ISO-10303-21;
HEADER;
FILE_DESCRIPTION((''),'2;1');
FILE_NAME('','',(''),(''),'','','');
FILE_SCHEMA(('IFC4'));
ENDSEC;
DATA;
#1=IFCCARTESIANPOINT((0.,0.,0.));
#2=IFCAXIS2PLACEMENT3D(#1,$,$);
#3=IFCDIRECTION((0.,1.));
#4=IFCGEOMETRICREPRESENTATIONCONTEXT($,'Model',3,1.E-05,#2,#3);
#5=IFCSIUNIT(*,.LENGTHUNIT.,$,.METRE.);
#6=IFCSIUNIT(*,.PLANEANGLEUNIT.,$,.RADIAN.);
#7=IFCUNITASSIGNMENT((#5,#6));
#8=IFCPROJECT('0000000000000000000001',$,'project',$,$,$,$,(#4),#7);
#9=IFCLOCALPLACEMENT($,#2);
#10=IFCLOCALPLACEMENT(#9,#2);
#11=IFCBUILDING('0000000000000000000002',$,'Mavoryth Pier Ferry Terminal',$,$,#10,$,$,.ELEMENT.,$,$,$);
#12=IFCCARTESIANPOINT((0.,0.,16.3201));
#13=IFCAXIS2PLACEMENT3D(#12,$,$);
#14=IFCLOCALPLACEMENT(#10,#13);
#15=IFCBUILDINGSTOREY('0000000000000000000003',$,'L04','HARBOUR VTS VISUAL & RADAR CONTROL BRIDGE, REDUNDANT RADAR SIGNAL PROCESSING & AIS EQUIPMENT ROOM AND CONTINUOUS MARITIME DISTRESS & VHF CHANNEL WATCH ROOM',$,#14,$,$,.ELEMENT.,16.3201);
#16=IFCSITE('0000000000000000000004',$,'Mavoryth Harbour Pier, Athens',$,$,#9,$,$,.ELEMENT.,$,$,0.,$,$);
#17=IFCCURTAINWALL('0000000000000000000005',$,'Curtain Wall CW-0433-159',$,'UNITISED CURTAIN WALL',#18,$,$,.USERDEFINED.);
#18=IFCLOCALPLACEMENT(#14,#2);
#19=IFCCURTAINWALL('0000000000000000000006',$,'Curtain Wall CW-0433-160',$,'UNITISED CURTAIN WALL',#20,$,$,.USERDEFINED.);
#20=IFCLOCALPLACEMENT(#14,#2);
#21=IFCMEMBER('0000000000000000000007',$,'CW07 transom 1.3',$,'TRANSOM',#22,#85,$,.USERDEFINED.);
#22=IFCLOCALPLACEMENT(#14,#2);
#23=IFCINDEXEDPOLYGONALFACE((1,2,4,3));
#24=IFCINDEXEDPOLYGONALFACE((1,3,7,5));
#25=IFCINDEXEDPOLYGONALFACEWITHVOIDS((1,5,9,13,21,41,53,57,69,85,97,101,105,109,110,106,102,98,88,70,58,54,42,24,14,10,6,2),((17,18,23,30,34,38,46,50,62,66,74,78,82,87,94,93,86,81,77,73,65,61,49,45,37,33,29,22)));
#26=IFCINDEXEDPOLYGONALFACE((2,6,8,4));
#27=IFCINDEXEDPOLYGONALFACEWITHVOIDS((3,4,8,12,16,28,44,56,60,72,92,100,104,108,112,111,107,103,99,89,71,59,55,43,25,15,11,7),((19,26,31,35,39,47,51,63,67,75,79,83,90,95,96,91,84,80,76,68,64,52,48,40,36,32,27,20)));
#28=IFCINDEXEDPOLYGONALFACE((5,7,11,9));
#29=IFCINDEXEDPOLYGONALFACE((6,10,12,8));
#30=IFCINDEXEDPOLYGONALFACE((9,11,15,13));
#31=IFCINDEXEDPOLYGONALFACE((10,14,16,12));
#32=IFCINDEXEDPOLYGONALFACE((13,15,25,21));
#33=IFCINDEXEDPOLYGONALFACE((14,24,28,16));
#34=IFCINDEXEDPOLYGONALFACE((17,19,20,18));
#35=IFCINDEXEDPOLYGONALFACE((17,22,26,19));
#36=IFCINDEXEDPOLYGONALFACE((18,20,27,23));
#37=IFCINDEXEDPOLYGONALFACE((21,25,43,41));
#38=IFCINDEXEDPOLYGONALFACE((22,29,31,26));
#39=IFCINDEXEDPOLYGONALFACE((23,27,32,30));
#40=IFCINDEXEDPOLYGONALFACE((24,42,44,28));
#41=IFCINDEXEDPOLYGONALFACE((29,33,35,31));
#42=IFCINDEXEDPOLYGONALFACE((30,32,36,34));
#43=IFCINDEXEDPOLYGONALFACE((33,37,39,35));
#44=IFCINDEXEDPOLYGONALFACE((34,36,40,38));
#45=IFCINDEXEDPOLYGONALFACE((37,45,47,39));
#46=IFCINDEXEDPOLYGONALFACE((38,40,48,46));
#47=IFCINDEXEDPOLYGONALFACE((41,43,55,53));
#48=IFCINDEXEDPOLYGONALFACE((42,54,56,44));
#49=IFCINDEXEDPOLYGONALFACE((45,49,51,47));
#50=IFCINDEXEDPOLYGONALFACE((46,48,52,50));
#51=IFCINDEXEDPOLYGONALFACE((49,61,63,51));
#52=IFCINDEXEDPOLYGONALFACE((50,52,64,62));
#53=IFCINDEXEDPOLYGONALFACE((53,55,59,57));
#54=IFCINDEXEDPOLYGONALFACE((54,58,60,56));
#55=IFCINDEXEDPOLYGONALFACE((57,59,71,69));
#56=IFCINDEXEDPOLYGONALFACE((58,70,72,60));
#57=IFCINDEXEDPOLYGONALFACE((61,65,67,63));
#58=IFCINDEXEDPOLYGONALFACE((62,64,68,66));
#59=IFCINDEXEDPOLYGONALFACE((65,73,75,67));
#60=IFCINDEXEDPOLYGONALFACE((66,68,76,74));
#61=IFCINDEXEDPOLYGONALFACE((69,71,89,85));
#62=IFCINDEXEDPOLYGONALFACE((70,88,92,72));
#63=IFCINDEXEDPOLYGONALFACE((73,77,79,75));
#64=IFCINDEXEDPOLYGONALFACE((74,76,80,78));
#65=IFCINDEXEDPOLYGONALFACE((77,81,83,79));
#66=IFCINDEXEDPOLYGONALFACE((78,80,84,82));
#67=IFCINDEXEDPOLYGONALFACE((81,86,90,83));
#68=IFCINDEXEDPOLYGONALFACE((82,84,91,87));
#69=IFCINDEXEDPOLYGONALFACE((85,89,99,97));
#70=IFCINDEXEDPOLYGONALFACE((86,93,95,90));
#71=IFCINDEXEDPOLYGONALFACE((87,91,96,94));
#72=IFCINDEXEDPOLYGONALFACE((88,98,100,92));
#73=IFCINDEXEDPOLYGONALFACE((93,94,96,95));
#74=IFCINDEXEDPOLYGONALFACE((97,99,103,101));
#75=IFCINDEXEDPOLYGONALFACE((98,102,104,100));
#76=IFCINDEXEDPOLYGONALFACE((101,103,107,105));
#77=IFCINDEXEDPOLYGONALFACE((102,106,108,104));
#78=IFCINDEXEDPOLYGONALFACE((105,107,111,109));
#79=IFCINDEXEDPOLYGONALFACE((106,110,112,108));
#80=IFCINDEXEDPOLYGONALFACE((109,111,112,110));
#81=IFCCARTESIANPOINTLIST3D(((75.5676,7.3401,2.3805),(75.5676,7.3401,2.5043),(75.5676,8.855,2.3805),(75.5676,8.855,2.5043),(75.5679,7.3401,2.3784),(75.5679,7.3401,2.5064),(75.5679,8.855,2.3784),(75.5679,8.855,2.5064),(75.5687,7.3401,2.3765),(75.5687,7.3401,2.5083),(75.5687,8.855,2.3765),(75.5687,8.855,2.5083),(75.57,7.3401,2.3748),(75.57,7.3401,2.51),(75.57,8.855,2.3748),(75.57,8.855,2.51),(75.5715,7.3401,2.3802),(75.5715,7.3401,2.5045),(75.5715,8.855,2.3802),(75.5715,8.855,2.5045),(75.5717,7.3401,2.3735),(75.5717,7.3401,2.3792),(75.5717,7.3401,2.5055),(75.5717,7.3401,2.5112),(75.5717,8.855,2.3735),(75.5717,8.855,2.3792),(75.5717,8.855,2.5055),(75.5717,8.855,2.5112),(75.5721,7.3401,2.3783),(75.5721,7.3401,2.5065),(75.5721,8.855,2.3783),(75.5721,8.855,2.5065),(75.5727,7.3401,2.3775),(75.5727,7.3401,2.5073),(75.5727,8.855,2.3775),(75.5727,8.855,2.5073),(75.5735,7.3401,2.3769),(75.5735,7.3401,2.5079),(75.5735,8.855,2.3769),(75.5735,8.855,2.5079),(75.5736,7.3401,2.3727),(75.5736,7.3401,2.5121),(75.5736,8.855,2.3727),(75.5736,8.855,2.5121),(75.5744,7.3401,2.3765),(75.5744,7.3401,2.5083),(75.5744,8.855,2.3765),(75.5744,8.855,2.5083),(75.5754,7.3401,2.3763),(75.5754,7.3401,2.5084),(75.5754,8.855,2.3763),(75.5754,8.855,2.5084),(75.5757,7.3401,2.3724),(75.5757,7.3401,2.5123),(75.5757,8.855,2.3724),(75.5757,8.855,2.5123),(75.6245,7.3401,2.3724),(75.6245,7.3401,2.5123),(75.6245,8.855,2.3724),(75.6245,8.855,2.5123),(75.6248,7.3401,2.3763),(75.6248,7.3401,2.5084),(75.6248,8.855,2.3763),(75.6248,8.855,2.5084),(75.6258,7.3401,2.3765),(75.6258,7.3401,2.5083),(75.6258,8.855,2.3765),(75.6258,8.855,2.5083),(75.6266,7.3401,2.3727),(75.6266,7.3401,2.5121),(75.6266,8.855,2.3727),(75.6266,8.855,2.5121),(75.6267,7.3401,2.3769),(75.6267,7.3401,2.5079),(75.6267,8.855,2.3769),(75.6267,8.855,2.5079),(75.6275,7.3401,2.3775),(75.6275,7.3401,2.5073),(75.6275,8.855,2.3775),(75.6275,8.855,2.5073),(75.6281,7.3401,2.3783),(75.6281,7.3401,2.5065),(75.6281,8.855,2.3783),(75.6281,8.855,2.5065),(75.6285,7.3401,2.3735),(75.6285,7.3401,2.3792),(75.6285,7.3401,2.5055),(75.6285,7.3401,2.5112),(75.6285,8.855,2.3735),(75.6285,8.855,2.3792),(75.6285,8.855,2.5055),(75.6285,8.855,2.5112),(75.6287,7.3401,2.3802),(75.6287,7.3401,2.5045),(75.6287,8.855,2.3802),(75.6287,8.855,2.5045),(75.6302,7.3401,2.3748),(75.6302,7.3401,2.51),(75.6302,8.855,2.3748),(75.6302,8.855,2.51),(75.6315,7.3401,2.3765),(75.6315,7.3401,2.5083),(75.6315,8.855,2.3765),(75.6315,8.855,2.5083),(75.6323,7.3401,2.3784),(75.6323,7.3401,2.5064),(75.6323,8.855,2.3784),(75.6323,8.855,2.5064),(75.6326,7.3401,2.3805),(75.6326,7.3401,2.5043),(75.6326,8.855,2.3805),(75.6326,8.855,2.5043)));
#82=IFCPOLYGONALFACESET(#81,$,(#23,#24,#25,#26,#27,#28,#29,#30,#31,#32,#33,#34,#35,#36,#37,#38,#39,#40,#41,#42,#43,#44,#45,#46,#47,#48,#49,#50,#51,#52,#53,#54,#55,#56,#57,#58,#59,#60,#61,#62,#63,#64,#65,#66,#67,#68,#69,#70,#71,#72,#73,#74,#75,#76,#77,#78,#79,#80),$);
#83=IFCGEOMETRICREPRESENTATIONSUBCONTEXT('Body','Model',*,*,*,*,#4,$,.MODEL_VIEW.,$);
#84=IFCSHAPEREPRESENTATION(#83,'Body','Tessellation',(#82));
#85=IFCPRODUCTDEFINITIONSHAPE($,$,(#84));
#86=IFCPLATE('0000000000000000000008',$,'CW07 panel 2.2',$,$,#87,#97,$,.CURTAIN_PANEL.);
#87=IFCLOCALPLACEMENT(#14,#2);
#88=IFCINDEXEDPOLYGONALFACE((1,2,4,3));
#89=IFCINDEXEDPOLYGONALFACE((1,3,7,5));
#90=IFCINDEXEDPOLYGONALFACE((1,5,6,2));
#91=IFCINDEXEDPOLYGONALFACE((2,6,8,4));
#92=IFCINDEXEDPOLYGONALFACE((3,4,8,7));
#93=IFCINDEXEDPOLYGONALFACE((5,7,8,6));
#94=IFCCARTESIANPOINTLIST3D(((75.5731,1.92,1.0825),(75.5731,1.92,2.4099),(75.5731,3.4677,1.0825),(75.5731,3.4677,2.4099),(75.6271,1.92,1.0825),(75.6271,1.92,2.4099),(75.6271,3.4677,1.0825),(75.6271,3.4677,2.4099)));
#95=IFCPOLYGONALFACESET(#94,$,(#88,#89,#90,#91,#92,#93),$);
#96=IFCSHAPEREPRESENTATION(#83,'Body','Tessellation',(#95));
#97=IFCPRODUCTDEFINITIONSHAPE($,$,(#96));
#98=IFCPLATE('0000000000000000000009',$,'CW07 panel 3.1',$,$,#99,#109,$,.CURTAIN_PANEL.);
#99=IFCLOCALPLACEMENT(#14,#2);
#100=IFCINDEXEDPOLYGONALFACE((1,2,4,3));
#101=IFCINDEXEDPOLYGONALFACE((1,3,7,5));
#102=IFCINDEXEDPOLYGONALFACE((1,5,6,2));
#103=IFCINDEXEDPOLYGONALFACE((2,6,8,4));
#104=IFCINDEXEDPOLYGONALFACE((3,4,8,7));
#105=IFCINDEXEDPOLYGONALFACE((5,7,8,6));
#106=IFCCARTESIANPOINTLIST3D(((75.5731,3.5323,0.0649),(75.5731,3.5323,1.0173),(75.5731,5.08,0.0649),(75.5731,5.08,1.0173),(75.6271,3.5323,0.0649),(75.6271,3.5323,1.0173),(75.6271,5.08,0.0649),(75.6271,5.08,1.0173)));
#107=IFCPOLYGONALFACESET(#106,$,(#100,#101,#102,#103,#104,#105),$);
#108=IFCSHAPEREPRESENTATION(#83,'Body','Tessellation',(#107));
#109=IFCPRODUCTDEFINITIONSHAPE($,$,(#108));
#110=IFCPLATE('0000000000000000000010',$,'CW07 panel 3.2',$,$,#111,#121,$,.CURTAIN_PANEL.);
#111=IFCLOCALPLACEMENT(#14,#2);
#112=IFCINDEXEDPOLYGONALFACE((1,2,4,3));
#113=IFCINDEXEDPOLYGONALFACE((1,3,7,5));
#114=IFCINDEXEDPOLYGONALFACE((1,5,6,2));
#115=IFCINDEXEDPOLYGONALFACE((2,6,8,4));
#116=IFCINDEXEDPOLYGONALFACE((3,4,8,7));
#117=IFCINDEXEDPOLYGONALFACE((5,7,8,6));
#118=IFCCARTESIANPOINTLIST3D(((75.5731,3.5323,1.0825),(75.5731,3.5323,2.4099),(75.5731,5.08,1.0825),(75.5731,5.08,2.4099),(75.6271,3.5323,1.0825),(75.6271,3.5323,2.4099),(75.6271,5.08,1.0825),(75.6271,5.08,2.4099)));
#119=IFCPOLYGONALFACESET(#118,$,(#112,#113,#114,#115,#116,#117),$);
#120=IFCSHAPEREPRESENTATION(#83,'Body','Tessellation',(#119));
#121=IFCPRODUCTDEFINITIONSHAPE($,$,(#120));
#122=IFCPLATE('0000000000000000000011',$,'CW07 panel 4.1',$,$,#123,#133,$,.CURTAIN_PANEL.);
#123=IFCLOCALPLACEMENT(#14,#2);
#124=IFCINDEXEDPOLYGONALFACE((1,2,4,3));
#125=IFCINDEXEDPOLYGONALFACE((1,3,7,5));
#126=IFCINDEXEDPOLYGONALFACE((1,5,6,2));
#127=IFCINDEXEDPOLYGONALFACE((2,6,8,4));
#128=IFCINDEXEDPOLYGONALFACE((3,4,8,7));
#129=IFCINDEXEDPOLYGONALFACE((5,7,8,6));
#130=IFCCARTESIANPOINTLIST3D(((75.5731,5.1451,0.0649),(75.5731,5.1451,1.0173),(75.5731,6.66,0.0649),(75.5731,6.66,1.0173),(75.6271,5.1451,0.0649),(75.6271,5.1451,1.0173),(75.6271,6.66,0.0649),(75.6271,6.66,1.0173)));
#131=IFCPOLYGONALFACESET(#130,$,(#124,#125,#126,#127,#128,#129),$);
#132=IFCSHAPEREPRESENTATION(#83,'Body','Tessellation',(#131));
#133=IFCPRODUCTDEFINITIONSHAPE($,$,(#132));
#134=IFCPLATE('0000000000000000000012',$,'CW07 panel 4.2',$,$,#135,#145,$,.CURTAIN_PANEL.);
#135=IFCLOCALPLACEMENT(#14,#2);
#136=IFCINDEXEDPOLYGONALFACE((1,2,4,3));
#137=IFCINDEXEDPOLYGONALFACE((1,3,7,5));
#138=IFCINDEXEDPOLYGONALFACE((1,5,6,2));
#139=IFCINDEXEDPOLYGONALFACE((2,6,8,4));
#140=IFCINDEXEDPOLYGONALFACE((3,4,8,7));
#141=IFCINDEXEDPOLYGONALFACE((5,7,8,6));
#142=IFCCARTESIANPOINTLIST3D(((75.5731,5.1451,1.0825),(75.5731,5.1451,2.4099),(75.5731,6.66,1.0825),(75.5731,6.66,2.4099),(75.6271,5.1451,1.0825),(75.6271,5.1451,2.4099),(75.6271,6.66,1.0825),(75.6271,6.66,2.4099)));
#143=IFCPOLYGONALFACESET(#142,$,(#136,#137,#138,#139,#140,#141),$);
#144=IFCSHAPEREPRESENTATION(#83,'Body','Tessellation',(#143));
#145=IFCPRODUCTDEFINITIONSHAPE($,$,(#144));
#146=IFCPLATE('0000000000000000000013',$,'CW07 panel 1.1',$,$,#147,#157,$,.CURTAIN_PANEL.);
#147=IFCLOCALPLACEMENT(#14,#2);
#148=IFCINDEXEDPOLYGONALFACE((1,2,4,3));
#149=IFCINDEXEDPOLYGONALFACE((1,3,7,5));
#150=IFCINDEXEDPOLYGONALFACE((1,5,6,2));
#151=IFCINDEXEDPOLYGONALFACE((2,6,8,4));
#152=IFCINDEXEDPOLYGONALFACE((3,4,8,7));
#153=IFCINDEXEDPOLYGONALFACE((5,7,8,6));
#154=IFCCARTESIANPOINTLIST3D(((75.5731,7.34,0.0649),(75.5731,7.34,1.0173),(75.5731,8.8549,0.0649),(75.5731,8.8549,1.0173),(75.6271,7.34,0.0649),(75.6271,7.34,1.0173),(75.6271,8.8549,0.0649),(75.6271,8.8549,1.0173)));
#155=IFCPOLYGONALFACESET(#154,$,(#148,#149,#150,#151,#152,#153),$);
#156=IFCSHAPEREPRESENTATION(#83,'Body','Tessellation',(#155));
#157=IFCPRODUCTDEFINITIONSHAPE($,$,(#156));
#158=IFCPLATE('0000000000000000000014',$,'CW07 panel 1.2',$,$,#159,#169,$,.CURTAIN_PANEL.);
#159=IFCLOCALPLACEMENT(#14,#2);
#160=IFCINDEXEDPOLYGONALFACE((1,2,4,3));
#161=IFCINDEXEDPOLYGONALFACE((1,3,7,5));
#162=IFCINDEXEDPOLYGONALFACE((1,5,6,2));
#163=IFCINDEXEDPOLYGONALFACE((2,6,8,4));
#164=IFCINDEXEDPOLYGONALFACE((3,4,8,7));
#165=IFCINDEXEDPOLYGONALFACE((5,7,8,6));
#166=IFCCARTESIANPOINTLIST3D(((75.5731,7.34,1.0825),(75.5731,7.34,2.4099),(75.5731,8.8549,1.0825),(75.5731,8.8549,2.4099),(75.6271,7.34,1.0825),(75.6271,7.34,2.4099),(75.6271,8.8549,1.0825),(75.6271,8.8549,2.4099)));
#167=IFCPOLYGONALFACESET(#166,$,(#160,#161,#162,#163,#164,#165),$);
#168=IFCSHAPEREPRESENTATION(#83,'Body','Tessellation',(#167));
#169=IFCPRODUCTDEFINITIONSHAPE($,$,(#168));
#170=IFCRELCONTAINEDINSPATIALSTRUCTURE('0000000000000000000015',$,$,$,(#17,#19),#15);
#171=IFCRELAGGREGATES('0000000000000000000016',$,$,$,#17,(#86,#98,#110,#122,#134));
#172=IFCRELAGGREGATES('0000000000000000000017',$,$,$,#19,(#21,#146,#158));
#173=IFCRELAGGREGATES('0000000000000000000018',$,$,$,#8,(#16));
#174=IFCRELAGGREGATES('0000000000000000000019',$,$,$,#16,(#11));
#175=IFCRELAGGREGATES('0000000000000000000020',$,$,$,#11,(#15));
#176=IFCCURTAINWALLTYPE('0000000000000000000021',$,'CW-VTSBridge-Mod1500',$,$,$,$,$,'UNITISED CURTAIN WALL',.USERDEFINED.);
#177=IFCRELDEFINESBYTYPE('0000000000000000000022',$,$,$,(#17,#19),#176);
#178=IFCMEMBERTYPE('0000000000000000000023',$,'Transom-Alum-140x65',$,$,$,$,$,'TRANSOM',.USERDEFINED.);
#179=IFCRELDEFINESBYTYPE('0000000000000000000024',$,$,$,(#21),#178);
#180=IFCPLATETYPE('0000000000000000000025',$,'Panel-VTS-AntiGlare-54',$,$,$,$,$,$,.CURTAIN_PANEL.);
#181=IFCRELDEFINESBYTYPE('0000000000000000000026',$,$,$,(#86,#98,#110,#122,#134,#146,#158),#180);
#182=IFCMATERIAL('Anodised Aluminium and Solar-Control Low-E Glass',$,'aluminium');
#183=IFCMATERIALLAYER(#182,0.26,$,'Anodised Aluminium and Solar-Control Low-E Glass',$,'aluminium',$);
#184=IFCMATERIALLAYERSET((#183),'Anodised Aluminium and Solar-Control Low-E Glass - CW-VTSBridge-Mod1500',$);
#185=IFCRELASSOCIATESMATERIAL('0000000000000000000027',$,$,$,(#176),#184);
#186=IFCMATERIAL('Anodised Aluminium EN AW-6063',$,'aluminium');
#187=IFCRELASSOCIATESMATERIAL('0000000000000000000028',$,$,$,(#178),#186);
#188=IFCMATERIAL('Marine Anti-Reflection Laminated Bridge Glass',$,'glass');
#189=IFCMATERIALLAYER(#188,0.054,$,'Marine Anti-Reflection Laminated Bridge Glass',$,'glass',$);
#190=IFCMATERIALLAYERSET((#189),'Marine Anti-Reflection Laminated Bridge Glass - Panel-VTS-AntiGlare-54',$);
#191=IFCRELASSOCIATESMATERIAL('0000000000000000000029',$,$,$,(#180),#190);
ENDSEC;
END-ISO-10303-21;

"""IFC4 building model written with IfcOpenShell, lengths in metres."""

from ifc_helpers import new_model, si_unit, direction, frame, origin, origin_2d, place, context, subcontext, project, spatial, rectangle, hollow_rectangle, extrude, material, layer, layer_set, material_profile, profile_set, type_object, element, aggregate, save


model = new_model("IFC4")

# Units and contexts
model_context = context("Model", 3, precision=1e-05, world=origin(), true_north=direction((0.0, 1.0)))
body_context = subcontext(model_context, "Body", "Model", "MODEL_VIEW")
ifc_project = project(units=[si_unit("LENGTHUNIT", "METRE"), si_unit("PLANEANGLEUNIT", "RADIAN")], contexts=[model_context])

# Site, building, storey
site_placement = place(None, origin())
site = spatial("IfcSite", under=ifc_project, at=site_placement, Name="Mavoryth Harbour Pier, Athens", CompositionType="ELEMENT", RefElevation=0.0)
building_placement = place(site_placement, origin())
building = spatial("IfcBuilding", under=site, at=building_placement, Name="Mavoryth Pier Ferry Terminal", CompositionType="ELEMENT")
storey_placement = place(building_placement, frame((0.0, 0.0, 16.3201)))
storey = spatial("IfcBuildingStorey", under=building, at=storey_placement, Name="L04", Description="HARBOUR VTS VISUAL & RADAR CONTROL BRIDGE, REDUNDANT RADAR SIGNAL PROCESSING & AIS EQUIPMENT ROOM AND CONTINUOUS MARITIME DISTRESS & VHF CHANNEL WATCH ROOM", CompositionType="ELEMENT", Elevation=16.3201)

# Curtain wall
ifc_material_1 = material(Name="Anodised Aluminium and Solar-Control Low-E Glass", Category="aluminium")
ifc_layer_1 = layer(ifc_material_1, 0.26, Name="Anodised Aluminium and Solar-Control Low-E Glass", Category="aluminium")
ifc_layer_set_1 = layer_set([ifc_layer_1], Name="Anodised Aluminium and Solar-Control Low-E Glass - CW-VTSBridge-Mod1500")
curtain_wall_type = type_object("IfcCurtainWallType", Name="CW-VTSBridge-Mod1500", ElementType="UNITISED CURTAIN WALL", PredefinedType="USERDEFINED", material=ifc_layer_set_1)
curtain_wall_1_placement = place(storey_placement, origin())
curtain_wall_1 = element("IfcCurtainWall", 1, at=curtain_wall_1_placement, inside=storey, type_object=curtain_wall_type, Name="Curtain Wall CW-0433-159", ObjectType="UNITISED CURTAIN WALL", PredefinedType="USERDEFINED")
ifc_material_2 = material(Name="Anodised Aluminium EN AW-6063", Category="aluminium")

# Curtain wall
curtain_wall_2_placement = place(storey_placement, origin())
curtain_wall_2 = element("IfcCurtainWall", 2, at=curtain_wall_2_placement, inside=storey, type_object=curtain_wall_type, Name="Curtain Wall CW-0433-160", ObjectType="UNITISED CURTAIN WALL", PredefinedType="USERDEFINED")

# Member
ifc_material_profile_1 = material_profile(ifc_material_2, hollow_rectangle(XDim=0.0649, YDim=0.1399, WallThickness=0.0039, InnerFilletRadius=0.0039, OuterFilletRadius=0.0081, at=origin_2d()), Name="AL-TRAN 140x65x4", Category="aluminium")
ifc_profile_set_1 = profile_set([ifc_material_profile_1], Name="Anodised Aluminium EN AW-6063 - AL-TRAN 140x65x4")
member_type_1 = type_object("IfcMemberType", Name="Transom-Alum-140x65", ElementType="TRANSOM", PredefinedType="USERDEFINED", material=ifc_profile_set_1)
member_1_placement = place(storey_placement, frame((75.6001, 7.3401, 2.4424), z_axis=(0.0, 1.0, 0.0), x_axis=(-1.0, 0.0, 0.0)))
member_1 = element("IfcMember", 3, at=member_1_placement, type_object=member_type_1, Name="CW07 transom 1.3", ObjectType="TRANSOM", PredefinedType="USERDEFINED", context=body_context, shape_type="SweptSolid", body=[
    extrude(hollow_rectangle(XDim=0.0649, YDim=0.1399, WallThickness=0.0039, InnerFilletRadius=0.0039, OuterFilletRadius=0.0081, at=origin_2d()), origin(), (0.0, 0.0, 1.0), 1.5149),
])

# Plates
ifc_material_3 = material(Name="Marine Anti-Reflection Laminated Bridge Glass", Category="glass")
ifc_layer_2 = layer(ifc_material_3, 0.054, Name="Marine Anti-Reflection Laminated Bridge Glass", Category="glass")
ifc_layer_set_2 = layer_set([ifc_layer_2], Name="Marine Anti-Reflection Laminated Bridge Glass - Panel-VTS-AntiGlare-54")
plate_type = type_object("IfcPlateType", Name="Panel-VTS-AntiGlare-54", PredefinedType="CURTAIN_PANEL", material=ifc_layer_set_2)
plate_1_placement = place(storey_placement, frame((75.6001, 2.6938, 1.0825), z_axis=(0.0, 0.0, 1.0), x_axis=(0.0, 1.0, 0.0)))
plate_1 = element("IfcPlate", 4, at=plate_1_placement, type_object=plate_type, Name="CW07 panel 2.2", PredefinedType="CURTAIN_PANEL", context=body_context, shape_type="SweptSolid", body=[
    extrude(rectangle(XDim=1.5476, YDim=0.054, at=origin_2d()), origin(), (0.0, 0.0, 1.0), 1.3274),
])
plate_2_placement = place(storey_placement, frame((75.6001, 4.3062, 0.0649), z_axis=(0.0, 0.0, 1.0), x_axis=(0.0, 1.0, 0.0)))
plate_2 = element("IfcPlate", 5, at=plate_2_placement, type_object=plate_type, Name="CW07 panel 3.1", PredefinedType="CURTAIN_PANEL", context=body_context, shape_type="SweptSolid", body=[
    extrude(rectangle(XDim=1.5476, YDim=0.054, at=origin_2d()), origin(), (0.0, 0.0, 1.0), 0.9524),
])
plate_3_placement = place(storey_placement, frame((75.6001, 4.3062, 1.0825), z_axis=(0.0, 0.0, 1.0), x_axis=(0.0, 1.0, 0.0)))
plate_3 = element("IfcPlate", 6, at=plate_3_placement, type_object=plate_type, Name="CW07 panel 3.2", PredefinedType="CURTAIN_PANEL", context=body_context, shape_type="SweptSolid", body=[
    extrude(rectangle(XDim=1.5476, YDim=0.054, at=origin_2d()), origin(), (0.0, 0.0, 1.0), 1.3274),
])
plate_4_placement = place(storey_placement, frame((75.6001, 5.9026, 0.0649), z_axis=(0.0, 0.0, 1.0), x_axis=(0.0, 1.0, 0.0)))
plate_4 = element("IfcPlate", 7, at=plate_4_placement, type_object=plate_type, Name="CW07 panel 4.1", PredefinedType="CURTAIN_PANEL", context=body_context, shape_type="SweptSolid", body=[
    extrude(rectangle(XDim=1.5149, YDim=0.054, at=origin_2d()), origin(), (0.0, 0.0, 1.0), 0.9524),
])
plate_5_placement = place(storey_placement, frame((75.6001, 5.9026, 1.0825), z_axis=(0.0, 0.0, 1.0), x_axis=(0.0, 1.0, 0.0)))
plate_5 = element("IfcPlate", 8, at=plate_5_placement, type_object=plate_type, Name="CW07 panel 4.2", PredefinedType="CURTAIN_PANEL", context=body_context, shape_type="SweptSolid", body=[
    extrude(rectangle(XDim=1.5149, YDim=0.054, at=origin_2d()), origin(), (0.0, 0.0, 1.0), 1.3274),
])
aggregate(curtain_wall_1, [plate_1, plate_2, plate_3, plate_4, plate_5])
plate_6_placement = place(storey_placement, frame((75.6001, 8.0974, 0.0649), z_axis=(0.0, 0.0, 1.0), x_axis=(0.0, 1.0, 0.0)))
plate_6 = element("IfcPlate", 9, at=plate_6_placement, type_object=plate_type, Name="CW07 panel 1.1", PredefinedType="CURTAIN_PANEL", context=body_context, shape_type="SweptSolid", body=[
    extrude(rectangle(XDim=1.5149, YDim=0.054, at=origin_2d()), origin(), (0.0, 0.0, 1.0), 0.9524),
])
plate_7_placement = place(storey_placement, frame((75.6001, 8.0974, 1.0825), z_axis=(0.0, 0.0, 1.0), x_axis=(0.0, 1.0, 0.0)))
plate_7 = element("IfcPlate", 10, at=plate_7_placement, type_object=plate_type, Name="CW07 panel 1.2", PredefinedType="CURTAIN_PANEL", context=body_context, shape_type="SweptSolid", body=[
    extrude(rectangle(XDim=1.5149, YDim=0.054, at=origin_2d()), origin(), (0.0, 0.0, 1.0), 1.3274),
])
aggregate(curtain_wall_2, [member_1, plate_6, plate_7])

save(model, "model.ifc")
